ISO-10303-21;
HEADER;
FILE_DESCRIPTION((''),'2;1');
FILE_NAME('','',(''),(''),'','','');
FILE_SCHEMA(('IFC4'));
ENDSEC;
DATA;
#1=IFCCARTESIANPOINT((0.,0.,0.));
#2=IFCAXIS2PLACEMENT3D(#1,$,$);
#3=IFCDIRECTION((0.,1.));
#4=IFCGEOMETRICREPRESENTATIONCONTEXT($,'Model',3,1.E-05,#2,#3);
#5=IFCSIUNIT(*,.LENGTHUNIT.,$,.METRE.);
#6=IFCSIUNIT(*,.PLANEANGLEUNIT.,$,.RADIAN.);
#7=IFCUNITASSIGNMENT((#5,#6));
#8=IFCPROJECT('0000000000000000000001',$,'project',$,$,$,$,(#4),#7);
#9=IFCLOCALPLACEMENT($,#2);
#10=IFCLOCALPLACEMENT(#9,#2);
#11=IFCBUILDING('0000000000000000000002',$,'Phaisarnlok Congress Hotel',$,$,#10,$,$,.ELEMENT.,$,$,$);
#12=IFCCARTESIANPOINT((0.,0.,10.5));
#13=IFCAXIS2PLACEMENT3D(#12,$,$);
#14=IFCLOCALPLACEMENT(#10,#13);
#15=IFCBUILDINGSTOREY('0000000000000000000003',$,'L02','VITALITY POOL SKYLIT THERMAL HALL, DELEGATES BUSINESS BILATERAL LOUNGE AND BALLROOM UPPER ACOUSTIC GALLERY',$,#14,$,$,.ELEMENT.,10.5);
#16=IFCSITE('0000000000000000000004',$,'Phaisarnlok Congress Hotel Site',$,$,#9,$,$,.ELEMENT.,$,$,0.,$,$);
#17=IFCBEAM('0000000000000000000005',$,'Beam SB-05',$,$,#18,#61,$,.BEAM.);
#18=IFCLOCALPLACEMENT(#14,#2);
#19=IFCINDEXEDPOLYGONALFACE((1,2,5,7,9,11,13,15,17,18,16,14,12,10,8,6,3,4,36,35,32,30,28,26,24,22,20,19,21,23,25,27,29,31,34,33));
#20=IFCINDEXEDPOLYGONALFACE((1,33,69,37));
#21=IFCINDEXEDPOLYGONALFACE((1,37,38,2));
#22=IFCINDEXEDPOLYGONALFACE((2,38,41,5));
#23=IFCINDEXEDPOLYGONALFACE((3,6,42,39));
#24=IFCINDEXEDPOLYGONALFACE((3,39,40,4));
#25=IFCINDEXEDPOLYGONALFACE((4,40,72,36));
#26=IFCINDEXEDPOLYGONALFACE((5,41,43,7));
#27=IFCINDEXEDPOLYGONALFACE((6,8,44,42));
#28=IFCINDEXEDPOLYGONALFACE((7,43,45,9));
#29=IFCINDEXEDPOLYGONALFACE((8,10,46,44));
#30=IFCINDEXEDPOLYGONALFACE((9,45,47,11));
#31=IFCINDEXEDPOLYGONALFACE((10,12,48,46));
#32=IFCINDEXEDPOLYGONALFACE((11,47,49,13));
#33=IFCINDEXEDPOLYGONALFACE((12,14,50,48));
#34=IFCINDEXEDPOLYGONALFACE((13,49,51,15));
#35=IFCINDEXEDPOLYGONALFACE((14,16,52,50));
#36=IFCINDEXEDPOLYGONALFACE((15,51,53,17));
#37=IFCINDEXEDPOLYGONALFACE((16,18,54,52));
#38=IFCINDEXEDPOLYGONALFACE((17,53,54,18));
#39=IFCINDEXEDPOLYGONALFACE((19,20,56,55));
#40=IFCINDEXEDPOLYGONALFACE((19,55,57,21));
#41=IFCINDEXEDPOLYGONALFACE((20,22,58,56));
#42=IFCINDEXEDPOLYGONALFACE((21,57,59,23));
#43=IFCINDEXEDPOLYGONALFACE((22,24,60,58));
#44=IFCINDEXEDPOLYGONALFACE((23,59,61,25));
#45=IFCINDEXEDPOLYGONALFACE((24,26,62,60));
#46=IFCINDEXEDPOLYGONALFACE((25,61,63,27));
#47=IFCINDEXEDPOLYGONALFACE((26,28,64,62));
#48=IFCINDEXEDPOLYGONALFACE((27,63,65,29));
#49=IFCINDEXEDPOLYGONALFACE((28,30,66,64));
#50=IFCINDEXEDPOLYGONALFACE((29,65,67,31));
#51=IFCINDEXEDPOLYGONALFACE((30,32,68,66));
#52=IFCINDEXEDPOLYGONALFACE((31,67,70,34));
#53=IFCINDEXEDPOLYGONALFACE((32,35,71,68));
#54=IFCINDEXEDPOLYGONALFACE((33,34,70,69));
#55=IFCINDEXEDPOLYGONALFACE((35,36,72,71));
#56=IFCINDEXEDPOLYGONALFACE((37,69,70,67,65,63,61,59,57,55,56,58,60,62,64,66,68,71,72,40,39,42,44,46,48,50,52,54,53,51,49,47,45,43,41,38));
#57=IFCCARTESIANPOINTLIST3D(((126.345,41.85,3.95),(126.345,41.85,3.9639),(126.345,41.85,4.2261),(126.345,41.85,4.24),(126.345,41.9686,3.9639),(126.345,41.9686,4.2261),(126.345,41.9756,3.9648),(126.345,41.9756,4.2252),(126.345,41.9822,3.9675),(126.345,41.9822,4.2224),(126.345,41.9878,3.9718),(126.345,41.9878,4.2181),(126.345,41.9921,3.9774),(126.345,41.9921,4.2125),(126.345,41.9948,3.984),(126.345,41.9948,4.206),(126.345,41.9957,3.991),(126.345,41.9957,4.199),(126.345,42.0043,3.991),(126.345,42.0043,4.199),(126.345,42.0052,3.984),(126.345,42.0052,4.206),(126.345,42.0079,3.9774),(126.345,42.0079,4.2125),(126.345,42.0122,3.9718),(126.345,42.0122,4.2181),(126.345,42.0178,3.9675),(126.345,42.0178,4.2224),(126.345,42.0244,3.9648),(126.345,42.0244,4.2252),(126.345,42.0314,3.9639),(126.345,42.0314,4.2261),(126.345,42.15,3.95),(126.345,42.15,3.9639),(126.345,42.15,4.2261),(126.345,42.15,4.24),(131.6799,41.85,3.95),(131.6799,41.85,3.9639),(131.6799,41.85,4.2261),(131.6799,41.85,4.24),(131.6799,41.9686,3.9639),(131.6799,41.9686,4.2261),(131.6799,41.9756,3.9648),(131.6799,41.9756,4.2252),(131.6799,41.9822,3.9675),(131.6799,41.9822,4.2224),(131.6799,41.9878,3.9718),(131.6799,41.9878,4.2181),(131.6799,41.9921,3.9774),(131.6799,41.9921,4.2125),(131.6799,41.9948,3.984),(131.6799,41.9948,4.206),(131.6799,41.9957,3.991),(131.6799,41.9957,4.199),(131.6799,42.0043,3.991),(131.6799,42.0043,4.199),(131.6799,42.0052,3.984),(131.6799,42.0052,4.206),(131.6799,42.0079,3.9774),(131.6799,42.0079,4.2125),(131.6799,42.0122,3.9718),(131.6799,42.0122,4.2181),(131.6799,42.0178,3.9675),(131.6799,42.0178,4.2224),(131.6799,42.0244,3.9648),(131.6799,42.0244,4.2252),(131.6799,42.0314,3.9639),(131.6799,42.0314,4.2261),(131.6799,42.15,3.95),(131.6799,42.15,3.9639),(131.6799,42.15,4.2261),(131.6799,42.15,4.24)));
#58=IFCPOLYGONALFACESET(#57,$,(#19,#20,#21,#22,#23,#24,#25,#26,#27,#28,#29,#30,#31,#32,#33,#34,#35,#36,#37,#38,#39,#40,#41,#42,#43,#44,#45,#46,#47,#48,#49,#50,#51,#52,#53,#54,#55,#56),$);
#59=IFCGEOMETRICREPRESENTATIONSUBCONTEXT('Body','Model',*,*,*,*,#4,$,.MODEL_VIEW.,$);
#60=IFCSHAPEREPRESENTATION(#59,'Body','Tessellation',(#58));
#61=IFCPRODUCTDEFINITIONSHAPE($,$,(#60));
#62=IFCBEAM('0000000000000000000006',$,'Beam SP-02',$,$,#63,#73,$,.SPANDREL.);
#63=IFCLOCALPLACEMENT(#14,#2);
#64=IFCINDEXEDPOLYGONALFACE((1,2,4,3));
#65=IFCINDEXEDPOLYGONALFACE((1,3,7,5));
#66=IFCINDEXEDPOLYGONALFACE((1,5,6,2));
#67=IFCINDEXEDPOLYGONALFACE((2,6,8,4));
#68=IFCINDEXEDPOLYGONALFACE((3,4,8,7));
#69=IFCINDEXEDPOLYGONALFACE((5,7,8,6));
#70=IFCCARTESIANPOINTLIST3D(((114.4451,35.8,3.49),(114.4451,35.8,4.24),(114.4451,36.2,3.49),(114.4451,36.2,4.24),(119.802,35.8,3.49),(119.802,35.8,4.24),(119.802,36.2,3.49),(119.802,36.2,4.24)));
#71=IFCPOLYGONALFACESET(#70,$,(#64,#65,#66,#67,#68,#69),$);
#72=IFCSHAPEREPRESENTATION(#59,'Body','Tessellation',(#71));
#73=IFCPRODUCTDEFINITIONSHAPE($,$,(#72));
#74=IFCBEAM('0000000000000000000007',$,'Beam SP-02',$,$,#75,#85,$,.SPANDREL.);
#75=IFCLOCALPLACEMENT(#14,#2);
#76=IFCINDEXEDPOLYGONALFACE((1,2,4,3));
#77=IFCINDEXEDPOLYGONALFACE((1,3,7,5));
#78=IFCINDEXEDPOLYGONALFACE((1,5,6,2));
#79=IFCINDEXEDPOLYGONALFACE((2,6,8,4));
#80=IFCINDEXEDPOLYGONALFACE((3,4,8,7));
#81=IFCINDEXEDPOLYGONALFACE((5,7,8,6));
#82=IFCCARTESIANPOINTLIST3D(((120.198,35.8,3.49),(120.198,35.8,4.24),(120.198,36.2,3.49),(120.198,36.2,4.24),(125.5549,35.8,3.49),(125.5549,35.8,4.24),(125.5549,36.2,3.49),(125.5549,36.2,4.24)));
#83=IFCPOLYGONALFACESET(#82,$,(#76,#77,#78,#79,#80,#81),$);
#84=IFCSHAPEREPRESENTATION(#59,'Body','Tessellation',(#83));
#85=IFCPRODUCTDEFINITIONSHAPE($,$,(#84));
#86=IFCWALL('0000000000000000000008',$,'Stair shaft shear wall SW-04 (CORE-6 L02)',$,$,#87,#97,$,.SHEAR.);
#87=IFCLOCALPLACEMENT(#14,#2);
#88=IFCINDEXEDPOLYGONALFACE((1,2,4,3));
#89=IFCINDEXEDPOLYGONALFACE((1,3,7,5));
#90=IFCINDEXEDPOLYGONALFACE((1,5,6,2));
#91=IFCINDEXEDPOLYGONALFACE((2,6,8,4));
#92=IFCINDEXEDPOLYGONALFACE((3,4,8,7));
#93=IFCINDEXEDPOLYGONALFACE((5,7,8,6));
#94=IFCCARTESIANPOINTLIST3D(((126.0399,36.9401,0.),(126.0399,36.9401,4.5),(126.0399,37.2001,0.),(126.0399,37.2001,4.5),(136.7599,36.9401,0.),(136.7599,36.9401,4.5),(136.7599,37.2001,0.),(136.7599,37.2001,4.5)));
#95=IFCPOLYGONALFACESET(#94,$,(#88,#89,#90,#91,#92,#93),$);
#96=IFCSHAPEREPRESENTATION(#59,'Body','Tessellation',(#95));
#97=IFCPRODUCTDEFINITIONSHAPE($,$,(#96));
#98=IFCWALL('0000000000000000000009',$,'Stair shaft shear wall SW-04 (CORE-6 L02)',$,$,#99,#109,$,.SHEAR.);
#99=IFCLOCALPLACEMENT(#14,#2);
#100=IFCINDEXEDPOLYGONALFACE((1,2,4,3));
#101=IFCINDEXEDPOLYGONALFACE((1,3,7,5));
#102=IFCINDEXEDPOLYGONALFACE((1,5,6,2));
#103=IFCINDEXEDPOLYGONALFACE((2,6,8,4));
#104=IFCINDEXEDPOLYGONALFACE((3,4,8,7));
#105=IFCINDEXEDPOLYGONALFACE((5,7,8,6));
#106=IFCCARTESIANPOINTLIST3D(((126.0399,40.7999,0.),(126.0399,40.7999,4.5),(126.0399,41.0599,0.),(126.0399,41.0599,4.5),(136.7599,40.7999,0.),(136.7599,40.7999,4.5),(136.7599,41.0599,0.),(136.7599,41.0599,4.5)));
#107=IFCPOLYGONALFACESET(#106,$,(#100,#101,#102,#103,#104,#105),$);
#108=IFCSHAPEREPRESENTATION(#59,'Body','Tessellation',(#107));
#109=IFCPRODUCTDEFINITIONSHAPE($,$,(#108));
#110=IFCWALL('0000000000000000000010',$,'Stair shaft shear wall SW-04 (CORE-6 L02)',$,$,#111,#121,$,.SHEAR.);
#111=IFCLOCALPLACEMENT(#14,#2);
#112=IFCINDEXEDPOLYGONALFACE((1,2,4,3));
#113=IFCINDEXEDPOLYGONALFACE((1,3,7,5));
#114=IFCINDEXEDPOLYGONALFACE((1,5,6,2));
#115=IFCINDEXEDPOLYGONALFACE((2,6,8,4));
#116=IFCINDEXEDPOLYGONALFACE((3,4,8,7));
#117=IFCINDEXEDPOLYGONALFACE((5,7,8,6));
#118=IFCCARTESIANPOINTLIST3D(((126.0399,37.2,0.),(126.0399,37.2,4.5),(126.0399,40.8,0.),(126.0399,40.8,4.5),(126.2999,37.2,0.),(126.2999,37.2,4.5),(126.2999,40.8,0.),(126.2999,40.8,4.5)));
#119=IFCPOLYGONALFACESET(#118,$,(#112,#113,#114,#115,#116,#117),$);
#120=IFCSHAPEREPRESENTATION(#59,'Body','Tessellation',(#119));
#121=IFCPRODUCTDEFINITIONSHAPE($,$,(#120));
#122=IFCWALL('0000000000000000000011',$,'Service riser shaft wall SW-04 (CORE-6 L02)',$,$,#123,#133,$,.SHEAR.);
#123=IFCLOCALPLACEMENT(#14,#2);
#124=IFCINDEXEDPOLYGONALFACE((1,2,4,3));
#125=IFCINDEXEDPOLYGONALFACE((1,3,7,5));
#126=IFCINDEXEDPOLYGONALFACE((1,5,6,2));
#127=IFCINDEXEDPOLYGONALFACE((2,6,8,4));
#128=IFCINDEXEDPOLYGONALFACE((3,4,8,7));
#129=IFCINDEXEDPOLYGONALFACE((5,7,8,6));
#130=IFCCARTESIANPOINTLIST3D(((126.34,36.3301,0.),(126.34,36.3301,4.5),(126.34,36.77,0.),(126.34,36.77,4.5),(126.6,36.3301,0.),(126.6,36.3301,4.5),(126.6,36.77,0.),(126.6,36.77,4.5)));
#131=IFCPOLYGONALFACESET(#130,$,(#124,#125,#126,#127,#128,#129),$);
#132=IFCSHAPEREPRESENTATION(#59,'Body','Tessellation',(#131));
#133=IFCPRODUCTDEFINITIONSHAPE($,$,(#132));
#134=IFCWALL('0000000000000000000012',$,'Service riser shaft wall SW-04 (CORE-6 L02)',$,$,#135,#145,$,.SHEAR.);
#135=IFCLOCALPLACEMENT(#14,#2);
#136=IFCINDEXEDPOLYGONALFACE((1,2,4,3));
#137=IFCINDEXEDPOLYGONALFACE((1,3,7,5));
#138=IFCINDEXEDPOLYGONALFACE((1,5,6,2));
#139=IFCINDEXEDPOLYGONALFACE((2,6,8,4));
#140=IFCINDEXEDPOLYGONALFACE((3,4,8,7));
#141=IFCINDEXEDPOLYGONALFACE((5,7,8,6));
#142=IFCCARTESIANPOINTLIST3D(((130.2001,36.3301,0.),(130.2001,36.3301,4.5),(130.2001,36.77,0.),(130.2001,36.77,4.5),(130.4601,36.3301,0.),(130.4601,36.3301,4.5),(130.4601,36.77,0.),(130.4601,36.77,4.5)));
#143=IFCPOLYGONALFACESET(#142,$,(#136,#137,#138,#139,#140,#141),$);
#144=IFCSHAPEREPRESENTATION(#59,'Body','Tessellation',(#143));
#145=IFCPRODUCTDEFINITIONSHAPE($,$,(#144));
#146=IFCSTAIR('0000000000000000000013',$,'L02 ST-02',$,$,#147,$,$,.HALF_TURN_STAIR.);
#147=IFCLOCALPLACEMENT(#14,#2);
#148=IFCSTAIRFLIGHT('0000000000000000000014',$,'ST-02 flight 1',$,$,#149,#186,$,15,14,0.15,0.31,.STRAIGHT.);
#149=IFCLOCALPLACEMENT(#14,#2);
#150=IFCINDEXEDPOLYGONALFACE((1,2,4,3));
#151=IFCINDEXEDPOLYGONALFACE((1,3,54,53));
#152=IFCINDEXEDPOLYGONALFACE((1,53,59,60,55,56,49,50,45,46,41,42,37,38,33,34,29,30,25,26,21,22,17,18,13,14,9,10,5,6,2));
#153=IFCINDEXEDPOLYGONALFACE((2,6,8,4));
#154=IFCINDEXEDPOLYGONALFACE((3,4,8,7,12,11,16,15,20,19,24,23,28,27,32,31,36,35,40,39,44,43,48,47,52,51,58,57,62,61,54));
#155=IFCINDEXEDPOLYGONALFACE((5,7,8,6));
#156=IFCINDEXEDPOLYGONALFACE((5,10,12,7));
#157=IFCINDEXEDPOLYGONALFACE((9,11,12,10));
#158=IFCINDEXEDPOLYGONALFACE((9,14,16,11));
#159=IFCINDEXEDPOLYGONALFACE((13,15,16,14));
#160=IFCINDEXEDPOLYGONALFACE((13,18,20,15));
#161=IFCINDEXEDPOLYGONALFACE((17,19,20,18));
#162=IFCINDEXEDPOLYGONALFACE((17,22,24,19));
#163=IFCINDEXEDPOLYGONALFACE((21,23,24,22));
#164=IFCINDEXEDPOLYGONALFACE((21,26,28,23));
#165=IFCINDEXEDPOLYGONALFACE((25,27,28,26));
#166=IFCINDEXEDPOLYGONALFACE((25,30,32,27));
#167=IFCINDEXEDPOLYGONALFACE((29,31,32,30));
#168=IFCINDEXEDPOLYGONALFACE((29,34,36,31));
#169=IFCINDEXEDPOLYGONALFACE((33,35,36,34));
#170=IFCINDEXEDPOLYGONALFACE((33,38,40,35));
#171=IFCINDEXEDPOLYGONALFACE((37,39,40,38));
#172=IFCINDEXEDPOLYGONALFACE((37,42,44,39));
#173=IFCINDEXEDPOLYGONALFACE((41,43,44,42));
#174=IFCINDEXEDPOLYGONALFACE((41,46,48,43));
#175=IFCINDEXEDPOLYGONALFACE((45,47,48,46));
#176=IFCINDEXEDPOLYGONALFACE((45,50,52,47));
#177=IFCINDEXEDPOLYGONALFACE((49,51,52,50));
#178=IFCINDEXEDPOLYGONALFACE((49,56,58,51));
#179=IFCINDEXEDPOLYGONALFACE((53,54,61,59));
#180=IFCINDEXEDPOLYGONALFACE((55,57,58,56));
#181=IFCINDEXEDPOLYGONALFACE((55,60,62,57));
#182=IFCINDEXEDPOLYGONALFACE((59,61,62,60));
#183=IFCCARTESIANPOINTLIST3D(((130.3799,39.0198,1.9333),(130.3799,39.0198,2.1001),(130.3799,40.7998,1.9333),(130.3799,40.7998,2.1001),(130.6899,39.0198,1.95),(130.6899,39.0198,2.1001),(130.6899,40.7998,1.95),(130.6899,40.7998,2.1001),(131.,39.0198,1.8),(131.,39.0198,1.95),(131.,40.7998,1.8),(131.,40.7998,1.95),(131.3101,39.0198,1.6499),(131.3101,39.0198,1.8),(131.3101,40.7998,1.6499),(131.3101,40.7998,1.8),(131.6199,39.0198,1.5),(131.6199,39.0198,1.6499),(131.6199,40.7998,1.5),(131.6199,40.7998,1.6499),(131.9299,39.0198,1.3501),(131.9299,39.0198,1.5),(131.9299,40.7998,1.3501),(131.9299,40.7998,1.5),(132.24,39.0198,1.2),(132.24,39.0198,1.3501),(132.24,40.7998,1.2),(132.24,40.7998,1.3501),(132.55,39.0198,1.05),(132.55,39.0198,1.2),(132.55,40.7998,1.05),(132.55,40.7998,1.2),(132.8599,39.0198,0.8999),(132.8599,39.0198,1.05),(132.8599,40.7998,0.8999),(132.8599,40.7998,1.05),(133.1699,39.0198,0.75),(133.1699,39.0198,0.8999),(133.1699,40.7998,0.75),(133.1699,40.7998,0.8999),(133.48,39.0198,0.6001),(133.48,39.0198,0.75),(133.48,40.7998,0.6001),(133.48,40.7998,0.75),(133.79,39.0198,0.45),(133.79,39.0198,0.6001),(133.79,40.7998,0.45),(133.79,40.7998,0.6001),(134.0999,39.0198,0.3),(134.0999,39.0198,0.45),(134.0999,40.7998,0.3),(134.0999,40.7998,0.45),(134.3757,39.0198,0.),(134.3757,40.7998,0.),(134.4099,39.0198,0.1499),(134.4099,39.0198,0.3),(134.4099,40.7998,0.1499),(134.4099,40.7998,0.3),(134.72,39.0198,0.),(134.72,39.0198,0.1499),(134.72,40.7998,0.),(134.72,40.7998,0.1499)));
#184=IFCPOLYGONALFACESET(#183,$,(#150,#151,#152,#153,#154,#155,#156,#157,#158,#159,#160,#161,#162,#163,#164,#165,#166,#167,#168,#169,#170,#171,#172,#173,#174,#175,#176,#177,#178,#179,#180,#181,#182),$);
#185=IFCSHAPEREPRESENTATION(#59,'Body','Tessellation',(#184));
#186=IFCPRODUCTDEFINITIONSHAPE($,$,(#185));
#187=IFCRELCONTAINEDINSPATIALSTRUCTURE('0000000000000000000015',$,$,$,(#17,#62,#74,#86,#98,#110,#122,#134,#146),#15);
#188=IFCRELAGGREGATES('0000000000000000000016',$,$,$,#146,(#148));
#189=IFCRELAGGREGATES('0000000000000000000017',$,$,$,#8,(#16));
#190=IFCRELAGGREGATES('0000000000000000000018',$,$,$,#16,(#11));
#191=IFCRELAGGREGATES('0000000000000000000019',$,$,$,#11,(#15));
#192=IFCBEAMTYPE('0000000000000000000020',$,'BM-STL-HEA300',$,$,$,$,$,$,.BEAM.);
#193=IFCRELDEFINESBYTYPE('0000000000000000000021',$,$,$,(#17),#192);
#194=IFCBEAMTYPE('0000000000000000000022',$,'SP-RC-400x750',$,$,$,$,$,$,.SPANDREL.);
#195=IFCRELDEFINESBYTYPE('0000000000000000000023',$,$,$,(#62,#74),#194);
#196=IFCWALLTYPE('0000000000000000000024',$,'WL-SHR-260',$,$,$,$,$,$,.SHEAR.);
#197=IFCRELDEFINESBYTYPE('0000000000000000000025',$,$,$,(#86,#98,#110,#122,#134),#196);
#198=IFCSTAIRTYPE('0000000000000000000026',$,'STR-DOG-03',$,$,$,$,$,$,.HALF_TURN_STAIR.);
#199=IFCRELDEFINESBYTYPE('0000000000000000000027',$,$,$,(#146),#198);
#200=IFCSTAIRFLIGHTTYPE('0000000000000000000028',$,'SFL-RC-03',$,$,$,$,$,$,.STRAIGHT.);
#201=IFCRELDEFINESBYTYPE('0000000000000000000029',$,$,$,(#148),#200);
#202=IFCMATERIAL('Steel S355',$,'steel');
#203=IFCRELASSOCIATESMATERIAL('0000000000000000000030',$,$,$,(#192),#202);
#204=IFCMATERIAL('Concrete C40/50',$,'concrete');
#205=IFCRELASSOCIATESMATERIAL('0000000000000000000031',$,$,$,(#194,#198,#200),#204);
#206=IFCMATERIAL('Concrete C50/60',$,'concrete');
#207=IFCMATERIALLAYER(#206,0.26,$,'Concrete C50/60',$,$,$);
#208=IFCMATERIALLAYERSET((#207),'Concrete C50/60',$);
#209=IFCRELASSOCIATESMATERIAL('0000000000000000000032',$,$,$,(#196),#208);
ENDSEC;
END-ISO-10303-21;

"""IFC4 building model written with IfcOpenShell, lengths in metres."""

from ifc_helpers import new_model, si_unit, direction, frame, frame_2d, origin, origin_2d, place, context, subcontext, project, spatial, polyline, rectangle, i_section, outline, extrude, material, layer, layer_set, material_profile, profile_set, type_object, element, aggregate, save


model = new_model("IFC4")

# Units and contexts
model_context = context("Model", 3, precision=1e-05, world=origin(), true_north=direction((0.0, 1.0)))
body_context = subcontext(model_context, "Body", "Model", "MODEL_VIEW")
ifc_project = project(units=[si_unit("LENGTHUNIT", "METRE"), si_unit("PLANEANGLEUNIT", "RADIAN")], contexts=[model_context])

# Site, building, storey
site_placement = place(None, origin())
site = spatial("IfcSite", under=ifc_project, at=site_placement, Name="Phaisarnlok Congress Hotel Site", CompositionType="ELEMENT", RefElevation=0.0)
building_placement = place(site_placement, origin())
building = spatial("IfcBuilding", under=site, at=building_placement, Name="Phaisarnlok Congress Hotel", CompositionType="ELEMENT")
storey_placement = place(building_placement, frame((0.0, 0.0, 10.5)))
storey = spatial("IfcBuildingStorey", under=building, at=storey_placement, Name="L02", Description="VITALITY POOL SKYLIT THERMAL HALL, DELEGATES BUSINESS BILATERAL LOUNGE AND BALLROOM UPPER ACOUSTIC GALLERY", CompositionType="ELEMENT", Elevation=10.5)

# Shared definitions
ifc_material_1 = material(Name="Concrete C50/60", Category="concrete")
ifc_material_2 = material(Name="Steel S355", Category="steel")

# Beams
ifc_material_3 = material(Name="Concrete C40/50", Category="concrete")
ifc_material_profile_1 = material_profile(ifc_material_2, i_section(OverallWidth=0.3, OverallDepth=0.29, WebThickness=0.0085, FlangeThickness=0.0139, FilletRadius=0.0271, at=origin_2d()), Name="HEA 300")
ifc_profile_set_1 = profile_set([ifc_material_profile_1], Name="Steel S355")
beam_type_1 = type_object("IfcBeamType", Name="BM-STL-HEA300", PredefinedType="BEAM", material=ifc_profile_set_1)
beam_1_placement = place(storey_placement, frame((126.345, 42.0, 4.095), z_axis=(1.0, 0.0, 0.0), x_axis=(0.0, 1.0, 0.0)))
element("IfcBeam", 1, at=beam_1_placement, inside=storey, type_object=beam_type_1, Name="Beam SB-05", PredefinedType="BEAM", context=body_context, shape_type="SweptSolid", body=[
    extrude(i_section(OverallWidth=0.3, OverallDepth=0.29, WebThickness=0.0085, FlangeThickness=0.0139, FilletRadius=0.0271, at=origin_2d()), origin(), (0.0, 0.0, 1.0), 5.335),
])
ifc_material_profile_2 = material_profile(ifc_material_3, rectangle(XDim=0.3999, YDim=0.75, at=origin_2d()), Name="RC 400x750")
ifc_profile_set_2 = profile_set([ifc_material_profile_2], Name="Concrete C40/50")
beam_type_2 = type_object("IfcBeamType", Name="SP-RC-400x750", PredefinedType="SPANDREL", material=ifc_profile_set_2)
for number, where, z_axis, x_axis, name in (
    (2, (114.4451, 36.0, 3.865), (1.0, 0.0, 0.0), (0.0, 1.0, 0.0), "Beam SP-02"),
    (3, (120.198, 36.0, 3.865), (1.0, 0.0, 0.0), (0.0, 1.0, 0.0), "Beam SP-02"),
):
    element("IfcBeam", number, at=place(storey_placement, frame(where, z_axis=z_axis, x_axis=x_axis)), inside=storey, type_object=beam_type_2, Name=name, PredefinedType="SPANDREL", context=body_context, shape_type="SweptSolid", body=[
        extrude(rectangle(XDim=0.3999, YDim=0.75, at=origin_2d()), origin(), (0.0, 0.0, 1.0), 5.3569),
    ])

# Walls
ifc_layer = layer(ifc_material_1, 0.26, Name="Concrete C50/60")
ifc_layer_set = layer_set([ifc_layer], Name="Concrete C50/60")
wall_type = type_object("IfcWallType", Name="WL-SHR-260", PredefinedType="SHEAR", material=ifc_layer_set)
for number, where, z_axis, x_axis, name in (
    (4, (126.04, 37.0701, 0.0), (0.0, 0.0, 1.0), (1.0, 0.0, 0.0), "Stair shaft shear wall SW-04 (CORE-6 L02)"),
    (5, (126.04, 40.9299, 0.0), (0.0, 0.0, 1.0), (1.0, 0.0, 0.0), "Stair shaft shear wall SW-04 (CORE-6 L02)"),
):
    element("IfcWall", number, at=place(storey_placement, frame(where, z_axis=z_axis, x_axis=x_axis)), inside=storey, type_object=wall_type, Name=name, PredefinedType="SHEAR", context=body_context, shape_type="SweptSolid", body=[
        extrude(rectangle(XDim=10.72, YDim=0.26, at=frame_2d((5.3599, 0.0))), origin(), (0.0, 0.0, 1.0), 4.5),
    ])
wall_placement = place(storey_placement, frame((126.1699, 37.2, 0.0), z_axis=(0.0, 0.0, 1.0), x_axis=(0.0, 1.0, 0.0)))
element("IfcWall", 6, at=wall_placement, inside=storey, type_object=wall_type, Name="Stair shaft shear wall SW-04 (CORE-6 L02)", PredefinedType="SHEAR", context=body_context, shape_type="SweptSolid", body=[
    extrude(rectangle(XDim=3.6001, YDim=0.26, at=frame_2d((1.8, 0.0))), origin(), (0.0, 0.0, 1.0), 4.5),
])
for number, where, z_axis, x_axis, name in (
    (7, (126.47, 36.3301, 0.0), (0.0, 0.0, 1.0), (0.0, 1.0, 0.0), "Service riser shaft wall SW-04 (CORE-6 L02)"),
    (8, (130.3301, 36.3301, 0.0), (0.0, 0.0, 1.0), (0.0, 1.0, 0.0), "Service riser shaft wall SW-04 (CORE-6 L02)"),
):
    element("IfcWall", number, at=place(storey_placement, frame(where, z_axis=z_axis, x_axis=x_axis)), inside=storey, type_object=wall_type, Name=name, PredefinedType="SHEAR", context=body_context, shape_type="SweptSolid", body=[
        extrude(rectangle(XDim=0.4399, YDim=0.26, at=frame_2d((0.22, 0.0))), origin(), (0.0, 0.0, 1.0), 4.5),
    ])

# Stair, stair flight
stair_type = type_object("IfcStairType", Name="STR-DOG-03", PredefinedType="HALF_TURN_STAIR", material=ifc_material_3)
stair_placement = place(storey_placement, origin())
stair = element("IfcStair", 9, at=stair_placement, inside=storey, type_object=stair_type, Name="L02 ST-02", PredefinedType="HALF_TURN_STAIR")
stair_flight_type = type_object("IfcStairFlightType", Name="SFL-RC-03", PredefinedType="STRAIGHT", material=ifc_material_3)
stair_flight_1_placement = place(storey_placement, frame((134.72, 39.9099, 0.0), z_axis=(0.0, 0.0, 1.0), x_axis=(-1.0, 0.0, 0.0)))
stair_flight_1 = element("IfcStairFlight", 10, at=stair_flight_1_placement, type_object=stair_flight_type, Name="ST-02 flight 1", NumberOfRisers=15, NumberOfTreads=14, PredefinedType="STRAIGHT", RiserHeight=0.15, TreadLength=0.31, context=body_context, shape_type="SweptSolid", body=[
    extrude(outline(polyline([(0.0, 0.0), (0.0, 0.1499), (0.3101, 0.1499), (0.3101, 0.3), (0.6201, 0.3), (0.6201, 0.45), (0.9299, 0.45), (0.9299, 0.6001), (1.24, 0.6001), (1.24, 0.75), (1.55, 0.75), (1.55, 0.8999), (1.8601, 0.8999), (1.8601, 1.05), (2.1699, 1.05), (2.1699, 1.2), (2.48, 1.2), (2.48, 1.3501), (2.79, 1.3501), (2.79, 1.5), (3.1001, 1.5), (3.1001, 1.6499), (3.4099, 1.6499), (3.4099, 1.8), (3.72, 1.8), (3.72, 1.95), (4.03, 1.95), (4.03, 2.1001), (4.3401, 2.1001), (4.3401, 2.25), (4.3401, 1.9333), (0.3442, 0.0), (0.0, 0.0)])), frame((0.0, 0.8901, 0.0), z_axis=(0.0, -1.0, 0.0), x_axis=(1.0, 0.0, 0.0)), (0.0, 0.0, 1.0), 1.78),
])
aggregate(stair, [stair_flight_1])

save(model, "model.ifc")
